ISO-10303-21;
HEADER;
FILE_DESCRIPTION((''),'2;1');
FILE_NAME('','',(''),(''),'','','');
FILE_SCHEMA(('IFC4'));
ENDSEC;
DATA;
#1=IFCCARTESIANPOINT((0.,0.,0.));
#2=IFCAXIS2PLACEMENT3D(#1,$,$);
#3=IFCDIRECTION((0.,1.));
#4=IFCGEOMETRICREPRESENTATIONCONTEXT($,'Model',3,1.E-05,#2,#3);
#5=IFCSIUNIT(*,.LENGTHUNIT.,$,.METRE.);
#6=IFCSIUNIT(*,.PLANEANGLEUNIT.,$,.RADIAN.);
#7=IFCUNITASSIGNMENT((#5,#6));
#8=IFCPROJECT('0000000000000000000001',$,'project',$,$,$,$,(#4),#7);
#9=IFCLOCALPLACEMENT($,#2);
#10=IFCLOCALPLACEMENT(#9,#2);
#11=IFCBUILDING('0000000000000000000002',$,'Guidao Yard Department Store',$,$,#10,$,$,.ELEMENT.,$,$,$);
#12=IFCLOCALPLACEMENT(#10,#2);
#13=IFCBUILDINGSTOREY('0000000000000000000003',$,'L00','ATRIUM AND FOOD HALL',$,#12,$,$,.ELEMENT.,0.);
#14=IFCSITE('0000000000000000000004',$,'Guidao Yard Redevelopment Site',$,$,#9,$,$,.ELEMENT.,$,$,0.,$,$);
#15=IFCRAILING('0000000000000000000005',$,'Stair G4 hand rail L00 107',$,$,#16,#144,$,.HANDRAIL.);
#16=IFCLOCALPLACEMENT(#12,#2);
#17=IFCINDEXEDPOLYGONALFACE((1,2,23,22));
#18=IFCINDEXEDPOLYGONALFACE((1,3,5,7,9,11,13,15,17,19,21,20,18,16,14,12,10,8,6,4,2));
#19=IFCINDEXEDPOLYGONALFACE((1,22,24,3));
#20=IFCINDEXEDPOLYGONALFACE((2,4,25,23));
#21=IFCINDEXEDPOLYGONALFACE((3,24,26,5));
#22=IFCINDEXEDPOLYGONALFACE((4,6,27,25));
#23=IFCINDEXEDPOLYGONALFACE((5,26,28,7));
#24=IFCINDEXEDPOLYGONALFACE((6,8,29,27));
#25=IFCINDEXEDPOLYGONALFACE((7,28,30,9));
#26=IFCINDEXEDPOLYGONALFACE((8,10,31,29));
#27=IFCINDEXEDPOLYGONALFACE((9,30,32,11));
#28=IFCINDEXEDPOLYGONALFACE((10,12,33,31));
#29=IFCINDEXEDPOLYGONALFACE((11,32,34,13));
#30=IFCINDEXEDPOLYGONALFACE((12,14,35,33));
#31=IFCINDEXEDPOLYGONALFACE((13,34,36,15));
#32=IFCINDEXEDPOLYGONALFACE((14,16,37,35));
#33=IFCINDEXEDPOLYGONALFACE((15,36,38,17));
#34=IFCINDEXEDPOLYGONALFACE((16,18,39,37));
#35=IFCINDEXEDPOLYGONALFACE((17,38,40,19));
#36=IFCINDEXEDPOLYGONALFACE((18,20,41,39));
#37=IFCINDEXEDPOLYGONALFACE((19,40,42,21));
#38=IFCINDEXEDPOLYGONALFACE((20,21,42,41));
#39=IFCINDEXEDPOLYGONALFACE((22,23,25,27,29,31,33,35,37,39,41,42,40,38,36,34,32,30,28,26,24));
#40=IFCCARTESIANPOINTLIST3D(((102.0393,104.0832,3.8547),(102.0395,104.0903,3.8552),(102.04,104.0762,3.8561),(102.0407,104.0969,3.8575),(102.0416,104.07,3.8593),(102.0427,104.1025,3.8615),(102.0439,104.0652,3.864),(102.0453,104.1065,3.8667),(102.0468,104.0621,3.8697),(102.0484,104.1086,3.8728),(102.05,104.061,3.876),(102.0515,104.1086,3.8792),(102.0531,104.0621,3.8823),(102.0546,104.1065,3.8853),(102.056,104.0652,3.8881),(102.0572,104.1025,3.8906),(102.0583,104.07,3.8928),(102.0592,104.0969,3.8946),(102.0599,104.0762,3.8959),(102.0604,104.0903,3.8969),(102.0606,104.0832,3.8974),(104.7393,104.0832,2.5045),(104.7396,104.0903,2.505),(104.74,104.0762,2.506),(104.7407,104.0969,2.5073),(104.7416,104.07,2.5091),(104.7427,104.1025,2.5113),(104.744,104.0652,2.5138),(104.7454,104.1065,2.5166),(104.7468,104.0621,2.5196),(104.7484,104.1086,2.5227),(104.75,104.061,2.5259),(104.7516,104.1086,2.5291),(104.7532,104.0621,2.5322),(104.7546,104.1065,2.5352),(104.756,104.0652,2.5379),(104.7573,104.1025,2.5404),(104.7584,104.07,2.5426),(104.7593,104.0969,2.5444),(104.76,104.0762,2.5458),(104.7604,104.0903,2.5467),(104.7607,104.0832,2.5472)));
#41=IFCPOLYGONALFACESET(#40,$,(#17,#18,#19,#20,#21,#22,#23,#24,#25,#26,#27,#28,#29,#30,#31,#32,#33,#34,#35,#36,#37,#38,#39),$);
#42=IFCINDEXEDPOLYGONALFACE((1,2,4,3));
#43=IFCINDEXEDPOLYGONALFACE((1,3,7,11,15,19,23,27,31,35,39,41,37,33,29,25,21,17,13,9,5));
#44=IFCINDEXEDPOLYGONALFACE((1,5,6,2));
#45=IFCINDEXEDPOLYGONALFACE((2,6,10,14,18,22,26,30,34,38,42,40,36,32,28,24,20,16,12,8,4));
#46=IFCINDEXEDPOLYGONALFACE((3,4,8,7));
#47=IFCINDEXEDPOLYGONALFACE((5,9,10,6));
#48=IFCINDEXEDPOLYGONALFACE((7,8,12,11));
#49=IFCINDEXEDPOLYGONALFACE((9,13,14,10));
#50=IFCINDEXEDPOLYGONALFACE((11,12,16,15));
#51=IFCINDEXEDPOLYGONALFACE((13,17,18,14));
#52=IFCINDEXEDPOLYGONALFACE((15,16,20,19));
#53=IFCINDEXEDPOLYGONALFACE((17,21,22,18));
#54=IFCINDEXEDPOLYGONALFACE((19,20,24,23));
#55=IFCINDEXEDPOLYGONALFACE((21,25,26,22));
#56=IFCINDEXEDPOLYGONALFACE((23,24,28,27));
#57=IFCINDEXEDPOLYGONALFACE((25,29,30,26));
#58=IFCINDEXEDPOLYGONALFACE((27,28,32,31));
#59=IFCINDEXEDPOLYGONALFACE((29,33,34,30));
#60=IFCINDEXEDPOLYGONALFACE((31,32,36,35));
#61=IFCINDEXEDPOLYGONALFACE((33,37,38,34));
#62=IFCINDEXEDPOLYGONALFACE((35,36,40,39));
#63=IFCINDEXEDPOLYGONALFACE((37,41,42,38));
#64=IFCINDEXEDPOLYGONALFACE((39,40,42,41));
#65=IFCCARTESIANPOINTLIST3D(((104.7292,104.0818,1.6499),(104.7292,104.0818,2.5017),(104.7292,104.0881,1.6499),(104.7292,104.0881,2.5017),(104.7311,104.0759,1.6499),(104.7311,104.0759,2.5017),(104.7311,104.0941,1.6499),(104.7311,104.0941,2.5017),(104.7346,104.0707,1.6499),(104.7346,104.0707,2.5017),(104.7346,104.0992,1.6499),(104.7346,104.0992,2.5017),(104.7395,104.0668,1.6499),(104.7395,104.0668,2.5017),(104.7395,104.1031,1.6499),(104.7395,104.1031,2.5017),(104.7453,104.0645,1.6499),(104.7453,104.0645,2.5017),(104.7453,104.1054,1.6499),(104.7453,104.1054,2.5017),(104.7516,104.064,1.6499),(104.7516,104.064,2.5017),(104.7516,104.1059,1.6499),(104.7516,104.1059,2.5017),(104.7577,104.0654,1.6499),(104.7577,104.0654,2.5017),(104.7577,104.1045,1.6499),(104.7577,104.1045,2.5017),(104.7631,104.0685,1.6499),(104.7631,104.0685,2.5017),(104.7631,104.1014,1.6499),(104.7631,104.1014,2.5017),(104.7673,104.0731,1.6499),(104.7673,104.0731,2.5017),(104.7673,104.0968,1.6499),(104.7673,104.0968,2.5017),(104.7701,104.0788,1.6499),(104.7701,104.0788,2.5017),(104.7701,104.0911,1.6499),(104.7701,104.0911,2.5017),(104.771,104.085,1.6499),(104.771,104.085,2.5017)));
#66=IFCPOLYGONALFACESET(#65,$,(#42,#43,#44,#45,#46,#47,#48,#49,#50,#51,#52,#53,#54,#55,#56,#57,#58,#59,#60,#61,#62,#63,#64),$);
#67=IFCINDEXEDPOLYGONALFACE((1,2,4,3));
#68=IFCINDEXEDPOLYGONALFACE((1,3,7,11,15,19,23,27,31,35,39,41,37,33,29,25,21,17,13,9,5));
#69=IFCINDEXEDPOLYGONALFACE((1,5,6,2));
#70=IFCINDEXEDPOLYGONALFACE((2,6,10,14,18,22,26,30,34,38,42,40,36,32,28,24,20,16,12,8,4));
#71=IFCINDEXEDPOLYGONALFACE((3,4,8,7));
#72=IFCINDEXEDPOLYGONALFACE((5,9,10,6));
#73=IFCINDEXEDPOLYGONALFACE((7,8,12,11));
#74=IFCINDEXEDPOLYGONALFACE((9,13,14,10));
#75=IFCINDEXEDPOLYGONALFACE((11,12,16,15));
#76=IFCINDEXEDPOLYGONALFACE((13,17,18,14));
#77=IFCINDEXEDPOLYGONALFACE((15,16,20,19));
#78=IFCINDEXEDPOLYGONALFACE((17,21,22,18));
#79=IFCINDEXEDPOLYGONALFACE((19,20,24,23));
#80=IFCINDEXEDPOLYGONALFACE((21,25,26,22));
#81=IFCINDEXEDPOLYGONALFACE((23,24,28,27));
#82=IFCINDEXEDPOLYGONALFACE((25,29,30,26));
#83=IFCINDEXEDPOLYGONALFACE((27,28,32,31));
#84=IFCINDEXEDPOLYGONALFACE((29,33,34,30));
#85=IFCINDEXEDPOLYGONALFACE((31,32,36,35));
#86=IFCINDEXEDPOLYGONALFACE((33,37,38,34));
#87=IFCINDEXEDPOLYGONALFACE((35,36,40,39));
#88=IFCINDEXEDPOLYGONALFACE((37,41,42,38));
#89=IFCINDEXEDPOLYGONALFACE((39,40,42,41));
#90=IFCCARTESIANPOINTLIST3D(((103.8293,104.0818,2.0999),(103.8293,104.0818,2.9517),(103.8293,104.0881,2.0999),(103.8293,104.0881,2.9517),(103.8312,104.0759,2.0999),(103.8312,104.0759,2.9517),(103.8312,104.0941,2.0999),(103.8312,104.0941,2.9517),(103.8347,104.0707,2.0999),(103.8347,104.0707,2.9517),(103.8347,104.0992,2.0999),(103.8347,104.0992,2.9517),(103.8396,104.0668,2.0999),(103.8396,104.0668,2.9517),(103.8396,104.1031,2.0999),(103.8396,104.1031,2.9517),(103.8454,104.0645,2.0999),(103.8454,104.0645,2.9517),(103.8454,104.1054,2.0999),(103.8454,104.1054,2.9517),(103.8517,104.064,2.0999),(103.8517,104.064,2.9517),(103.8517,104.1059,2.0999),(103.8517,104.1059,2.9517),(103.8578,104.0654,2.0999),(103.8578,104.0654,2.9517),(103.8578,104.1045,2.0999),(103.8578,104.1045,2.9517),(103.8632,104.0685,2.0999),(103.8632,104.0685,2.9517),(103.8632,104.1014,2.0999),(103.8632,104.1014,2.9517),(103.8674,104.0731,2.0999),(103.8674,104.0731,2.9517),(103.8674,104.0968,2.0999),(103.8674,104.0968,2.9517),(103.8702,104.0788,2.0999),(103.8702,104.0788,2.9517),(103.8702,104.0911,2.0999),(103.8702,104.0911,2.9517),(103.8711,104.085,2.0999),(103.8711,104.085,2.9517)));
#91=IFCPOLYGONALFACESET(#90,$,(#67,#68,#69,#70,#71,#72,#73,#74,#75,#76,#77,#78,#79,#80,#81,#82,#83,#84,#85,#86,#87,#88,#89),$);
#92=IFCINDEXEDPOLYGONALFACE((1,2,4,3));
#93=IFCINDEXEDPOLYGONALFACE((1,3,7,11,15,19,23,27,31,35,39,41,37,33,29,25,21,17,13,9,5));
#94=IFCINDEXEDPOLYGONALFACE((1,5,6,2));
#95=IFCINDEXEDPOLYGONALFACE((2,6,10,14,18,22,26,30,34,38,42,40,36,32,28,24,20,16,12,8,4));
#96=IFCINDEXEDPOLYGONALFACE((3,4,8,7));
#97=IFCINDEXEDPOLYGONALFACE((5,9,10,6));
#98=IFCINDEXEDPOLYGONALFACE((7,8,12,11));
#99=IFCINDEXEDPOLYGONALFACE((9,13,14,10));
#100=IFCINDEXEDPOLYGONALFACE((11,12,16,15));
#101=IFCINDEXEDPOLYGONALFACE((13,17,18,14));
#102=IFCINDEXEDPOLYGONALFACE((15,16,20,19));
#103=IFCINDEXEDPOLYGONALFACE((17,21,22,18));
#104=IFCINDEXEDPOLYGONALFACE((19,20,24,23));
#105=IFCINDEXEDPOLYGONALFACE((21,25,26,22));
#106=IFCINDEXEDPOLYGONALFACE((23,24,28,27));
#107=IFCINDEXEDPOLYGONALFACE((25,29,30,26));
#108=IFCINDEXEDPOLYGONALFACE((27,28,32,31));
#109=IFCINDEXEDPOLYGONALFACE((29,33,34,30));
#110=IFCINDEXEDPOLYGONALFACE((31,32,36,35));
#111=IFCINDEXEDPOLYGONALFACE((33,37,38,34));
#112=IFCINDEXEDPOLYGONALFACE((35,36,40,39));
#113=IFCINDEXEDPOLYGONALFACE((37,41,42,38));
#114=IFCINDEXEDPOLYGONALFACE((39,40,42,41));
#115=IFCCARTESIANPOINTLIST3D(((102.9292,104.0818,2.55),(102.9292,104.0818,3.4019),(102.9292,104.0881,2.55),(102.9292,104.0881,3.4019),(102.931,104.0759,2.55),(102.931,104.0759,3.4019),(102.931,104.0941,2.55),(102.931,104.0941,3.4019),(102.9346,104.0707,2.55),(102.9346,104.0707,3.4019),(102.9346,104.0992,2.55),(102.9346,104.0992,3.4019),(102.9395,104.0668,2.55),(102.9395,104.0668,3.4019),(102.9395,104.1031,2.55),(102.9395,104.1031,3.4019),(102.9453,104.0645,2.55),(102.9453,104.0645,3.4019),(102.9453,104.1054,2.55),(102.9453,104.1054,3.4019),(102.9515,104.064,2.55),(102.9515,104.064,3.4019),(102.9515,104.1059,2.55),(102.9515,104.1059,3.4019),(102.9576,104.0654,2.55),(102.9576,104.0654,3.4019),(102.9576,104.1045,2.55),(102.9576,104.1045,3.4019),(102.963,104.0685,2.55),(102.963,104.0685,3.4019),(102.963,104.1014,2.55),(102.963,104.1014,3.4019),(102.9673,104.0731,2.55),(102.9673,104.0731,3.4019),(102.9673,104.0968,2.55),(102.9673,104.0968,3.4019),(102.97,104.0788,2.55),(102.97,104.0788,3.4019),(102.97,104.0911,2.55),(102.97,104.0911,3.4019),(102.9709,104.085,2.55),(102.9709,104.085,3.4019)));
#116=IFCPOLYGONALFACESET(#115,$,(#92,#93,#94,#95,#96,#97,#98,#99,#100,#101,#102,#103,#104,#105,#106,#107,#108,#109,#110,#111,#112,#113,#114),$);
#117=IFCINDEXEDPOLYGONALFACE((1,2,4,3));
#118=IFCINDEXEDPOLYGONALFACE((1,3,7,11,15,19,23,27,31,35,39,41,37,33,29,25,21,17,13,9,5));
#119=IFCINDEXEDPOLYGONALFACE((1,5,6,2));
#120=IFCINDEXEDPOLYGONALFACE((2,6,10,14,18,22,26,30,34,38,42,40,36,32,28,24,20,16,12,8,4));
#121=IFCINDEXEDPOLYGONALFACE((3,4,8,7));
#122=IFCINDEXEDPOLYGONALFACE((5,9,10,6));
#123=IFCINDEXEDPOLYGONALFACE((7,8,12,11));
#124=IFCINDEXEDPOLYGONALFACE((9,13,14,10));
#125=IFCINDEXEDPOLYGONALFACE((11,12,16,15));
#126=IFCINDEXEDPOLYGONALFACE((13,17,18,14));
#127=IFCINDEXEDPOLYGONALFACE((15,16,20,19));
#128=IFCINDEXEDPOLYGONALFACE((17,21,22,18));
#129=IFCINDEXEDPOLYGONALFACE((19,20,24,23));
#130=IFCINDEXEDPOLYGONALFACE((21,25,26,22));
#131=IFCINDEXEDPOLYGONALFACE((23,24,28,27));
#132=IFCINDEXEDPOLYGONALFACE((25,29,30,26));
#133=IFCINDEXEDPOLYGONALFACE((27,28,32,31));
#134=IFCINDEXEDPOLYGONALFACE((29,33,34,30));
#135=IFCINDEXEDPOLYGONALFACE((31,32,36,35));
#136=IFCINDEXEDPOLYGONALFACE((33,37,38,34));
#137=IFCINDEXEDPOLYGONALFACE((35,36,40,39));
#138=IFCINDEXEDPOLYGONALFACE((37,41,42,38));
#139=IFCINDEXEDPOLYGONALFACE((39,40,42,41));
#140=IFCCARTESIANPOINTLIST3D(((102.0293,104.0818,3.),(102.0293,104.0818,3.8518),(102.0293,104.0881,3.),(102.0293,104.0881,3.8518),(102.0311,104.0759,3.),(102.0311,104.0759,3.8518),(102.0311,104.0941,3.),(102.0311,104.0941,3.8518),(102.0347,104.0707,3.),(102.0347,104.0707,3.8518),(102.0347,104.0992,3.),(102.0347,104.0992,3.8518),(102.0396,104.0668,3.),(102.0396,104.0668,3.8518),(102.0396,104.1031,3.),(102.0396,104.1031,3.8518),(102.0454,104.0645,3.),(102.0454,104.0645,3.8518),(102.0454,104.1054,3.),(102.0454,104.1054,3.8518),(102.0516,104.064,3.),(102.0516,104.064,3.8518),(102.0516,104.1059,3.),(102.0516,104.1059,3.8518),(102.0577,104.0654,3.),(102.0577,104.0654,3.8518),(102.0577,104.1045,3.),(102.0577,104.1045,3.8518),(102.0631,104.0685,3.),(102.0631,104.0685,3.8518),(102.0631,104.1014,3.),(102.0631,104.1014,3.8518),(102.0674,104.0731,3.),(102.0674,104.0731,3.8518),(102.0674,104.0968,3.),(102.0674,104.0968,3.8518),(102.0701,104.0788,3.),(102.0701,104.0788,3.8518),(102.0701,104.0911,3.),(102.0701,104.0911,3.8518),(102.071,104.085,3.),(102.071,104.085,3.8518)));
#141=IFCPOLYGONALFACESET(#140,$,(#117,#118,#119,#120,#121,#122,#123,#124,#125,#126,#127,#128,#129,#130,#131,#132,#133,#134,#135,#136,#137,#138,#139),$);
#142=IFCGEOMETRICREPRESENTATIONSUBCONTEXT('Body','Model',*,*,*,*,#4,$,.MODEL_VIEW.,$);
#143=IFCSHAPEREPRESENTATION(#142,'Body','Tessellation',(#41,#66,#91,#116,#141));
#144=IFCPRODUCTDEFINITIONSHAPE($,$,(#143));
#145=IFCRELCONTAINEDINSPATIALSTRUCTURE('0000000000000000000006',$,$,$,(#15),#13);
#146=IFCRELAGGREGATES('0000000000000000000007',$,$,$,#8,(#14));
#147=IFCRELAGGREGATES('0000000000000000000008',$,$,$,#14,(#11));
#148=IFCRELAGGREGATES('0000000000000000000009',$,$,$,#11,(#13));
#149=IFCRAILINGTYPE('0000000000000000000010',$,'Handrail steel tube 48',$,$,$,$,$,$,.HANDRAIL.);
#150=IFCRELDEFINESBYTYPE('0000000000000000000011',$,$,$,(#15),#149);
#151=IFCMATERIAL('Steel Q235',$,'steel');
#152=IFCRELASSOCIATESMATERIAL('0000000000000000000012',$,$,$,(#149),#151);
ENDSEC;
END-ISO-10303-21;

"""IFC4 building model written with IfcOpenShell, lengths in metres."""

from ifc_helpers import new_model, si_unit, direction, frame, origin, origin_2d, place, context, subcontext, project, spatial, circle, extrude, material, type_object, element, save


model = new_model("IFC4")

# Units and contexts
model_context = context("Model", 3, precision=1e-05, world=origin(), true_north=direction((0.0, 1.0)))
body_context = subcontext(model_context, "Body", "Model", "MODEL_VIEW")
ifc_project = project(units=[si_unit("LENGTHUNIT", "METRE"), si_unit("PLANEANGLEUNIT", "RADIAN")], contexts=[model_context])

# Site, building, storey
site_placement = place(None, origin())
site = spatial("IfcSite", under=ifc_project, at=site_placement, Name="Guidao Yard Redevelopment Site", CompositionType="ELEMENT", RefElevation=0.0)
building_placement = place(site_placement, origin())
building = spatial("IfcBuilding", under=site, at=building_placement, Name="Guidao Yard Department Store", CompositionType="ELEMENT")
storey_placement = place(building_placement, origin())
storey = spatial("IfcBuildingStorey", under=building, at=storey_placement, Name="L00", Description="ATRIUM AND FOOD HALL", CompositionType="ELEMENT", Elevation=0.0)

# Railing
ifc_material_1 = material(Name="Steel Q235", Category="steel")
railing_type = type_object("IfcRailingType", Name="Handrail steel tube 48", PredefinedType="HANDRAIL", material=ifc_material_1)
for number, where, name in (
    (1, (104.75, 104.085, 1.6499), "Stair G4 hand rail L00 107"),
):
    element("IfcRailing", number, at=place(storey_placement, frame(where)), inside=storey, type_object=railing_type, Name=name, PredefinedType="HANDRAIL", context=body_context, shape_type="SweptSolid", body=[
        extrude(circle(Radius=0.0239, at=origin_2d()), frame((0.0, 0.0, 0.876), z_axis=(-0.894411, 0.0, 0.447246), x_axis=(0.0, -1.0, 0.0)), (0.0, 0.0, 1.0), 3.0188),
        extrude(circle(Radius=0.021, at=origin_2d()), origin(), (0.0, 0.0, 1.0), 0.8518),
        extrude(circle(Radius=0.021, at=origin_2d()), frame((-0.8999, 0.0, 0.45)), (0.0, 0.0, 1.0), 0.8518),
        extrude(circle(Radius=0.021, at=origin_2d()), frame((-1.8, 0.0, 0.9001)), (0.0, 0.0, 1.0), 0.8518),
        extrude(circle(Radius=0.021, at=origin_2d()), frame((-2.7, 0.0, 1.3501)), (0.0, 0.0, 1.0), 0.8518),
    ])

save(model, "model.ifc")
